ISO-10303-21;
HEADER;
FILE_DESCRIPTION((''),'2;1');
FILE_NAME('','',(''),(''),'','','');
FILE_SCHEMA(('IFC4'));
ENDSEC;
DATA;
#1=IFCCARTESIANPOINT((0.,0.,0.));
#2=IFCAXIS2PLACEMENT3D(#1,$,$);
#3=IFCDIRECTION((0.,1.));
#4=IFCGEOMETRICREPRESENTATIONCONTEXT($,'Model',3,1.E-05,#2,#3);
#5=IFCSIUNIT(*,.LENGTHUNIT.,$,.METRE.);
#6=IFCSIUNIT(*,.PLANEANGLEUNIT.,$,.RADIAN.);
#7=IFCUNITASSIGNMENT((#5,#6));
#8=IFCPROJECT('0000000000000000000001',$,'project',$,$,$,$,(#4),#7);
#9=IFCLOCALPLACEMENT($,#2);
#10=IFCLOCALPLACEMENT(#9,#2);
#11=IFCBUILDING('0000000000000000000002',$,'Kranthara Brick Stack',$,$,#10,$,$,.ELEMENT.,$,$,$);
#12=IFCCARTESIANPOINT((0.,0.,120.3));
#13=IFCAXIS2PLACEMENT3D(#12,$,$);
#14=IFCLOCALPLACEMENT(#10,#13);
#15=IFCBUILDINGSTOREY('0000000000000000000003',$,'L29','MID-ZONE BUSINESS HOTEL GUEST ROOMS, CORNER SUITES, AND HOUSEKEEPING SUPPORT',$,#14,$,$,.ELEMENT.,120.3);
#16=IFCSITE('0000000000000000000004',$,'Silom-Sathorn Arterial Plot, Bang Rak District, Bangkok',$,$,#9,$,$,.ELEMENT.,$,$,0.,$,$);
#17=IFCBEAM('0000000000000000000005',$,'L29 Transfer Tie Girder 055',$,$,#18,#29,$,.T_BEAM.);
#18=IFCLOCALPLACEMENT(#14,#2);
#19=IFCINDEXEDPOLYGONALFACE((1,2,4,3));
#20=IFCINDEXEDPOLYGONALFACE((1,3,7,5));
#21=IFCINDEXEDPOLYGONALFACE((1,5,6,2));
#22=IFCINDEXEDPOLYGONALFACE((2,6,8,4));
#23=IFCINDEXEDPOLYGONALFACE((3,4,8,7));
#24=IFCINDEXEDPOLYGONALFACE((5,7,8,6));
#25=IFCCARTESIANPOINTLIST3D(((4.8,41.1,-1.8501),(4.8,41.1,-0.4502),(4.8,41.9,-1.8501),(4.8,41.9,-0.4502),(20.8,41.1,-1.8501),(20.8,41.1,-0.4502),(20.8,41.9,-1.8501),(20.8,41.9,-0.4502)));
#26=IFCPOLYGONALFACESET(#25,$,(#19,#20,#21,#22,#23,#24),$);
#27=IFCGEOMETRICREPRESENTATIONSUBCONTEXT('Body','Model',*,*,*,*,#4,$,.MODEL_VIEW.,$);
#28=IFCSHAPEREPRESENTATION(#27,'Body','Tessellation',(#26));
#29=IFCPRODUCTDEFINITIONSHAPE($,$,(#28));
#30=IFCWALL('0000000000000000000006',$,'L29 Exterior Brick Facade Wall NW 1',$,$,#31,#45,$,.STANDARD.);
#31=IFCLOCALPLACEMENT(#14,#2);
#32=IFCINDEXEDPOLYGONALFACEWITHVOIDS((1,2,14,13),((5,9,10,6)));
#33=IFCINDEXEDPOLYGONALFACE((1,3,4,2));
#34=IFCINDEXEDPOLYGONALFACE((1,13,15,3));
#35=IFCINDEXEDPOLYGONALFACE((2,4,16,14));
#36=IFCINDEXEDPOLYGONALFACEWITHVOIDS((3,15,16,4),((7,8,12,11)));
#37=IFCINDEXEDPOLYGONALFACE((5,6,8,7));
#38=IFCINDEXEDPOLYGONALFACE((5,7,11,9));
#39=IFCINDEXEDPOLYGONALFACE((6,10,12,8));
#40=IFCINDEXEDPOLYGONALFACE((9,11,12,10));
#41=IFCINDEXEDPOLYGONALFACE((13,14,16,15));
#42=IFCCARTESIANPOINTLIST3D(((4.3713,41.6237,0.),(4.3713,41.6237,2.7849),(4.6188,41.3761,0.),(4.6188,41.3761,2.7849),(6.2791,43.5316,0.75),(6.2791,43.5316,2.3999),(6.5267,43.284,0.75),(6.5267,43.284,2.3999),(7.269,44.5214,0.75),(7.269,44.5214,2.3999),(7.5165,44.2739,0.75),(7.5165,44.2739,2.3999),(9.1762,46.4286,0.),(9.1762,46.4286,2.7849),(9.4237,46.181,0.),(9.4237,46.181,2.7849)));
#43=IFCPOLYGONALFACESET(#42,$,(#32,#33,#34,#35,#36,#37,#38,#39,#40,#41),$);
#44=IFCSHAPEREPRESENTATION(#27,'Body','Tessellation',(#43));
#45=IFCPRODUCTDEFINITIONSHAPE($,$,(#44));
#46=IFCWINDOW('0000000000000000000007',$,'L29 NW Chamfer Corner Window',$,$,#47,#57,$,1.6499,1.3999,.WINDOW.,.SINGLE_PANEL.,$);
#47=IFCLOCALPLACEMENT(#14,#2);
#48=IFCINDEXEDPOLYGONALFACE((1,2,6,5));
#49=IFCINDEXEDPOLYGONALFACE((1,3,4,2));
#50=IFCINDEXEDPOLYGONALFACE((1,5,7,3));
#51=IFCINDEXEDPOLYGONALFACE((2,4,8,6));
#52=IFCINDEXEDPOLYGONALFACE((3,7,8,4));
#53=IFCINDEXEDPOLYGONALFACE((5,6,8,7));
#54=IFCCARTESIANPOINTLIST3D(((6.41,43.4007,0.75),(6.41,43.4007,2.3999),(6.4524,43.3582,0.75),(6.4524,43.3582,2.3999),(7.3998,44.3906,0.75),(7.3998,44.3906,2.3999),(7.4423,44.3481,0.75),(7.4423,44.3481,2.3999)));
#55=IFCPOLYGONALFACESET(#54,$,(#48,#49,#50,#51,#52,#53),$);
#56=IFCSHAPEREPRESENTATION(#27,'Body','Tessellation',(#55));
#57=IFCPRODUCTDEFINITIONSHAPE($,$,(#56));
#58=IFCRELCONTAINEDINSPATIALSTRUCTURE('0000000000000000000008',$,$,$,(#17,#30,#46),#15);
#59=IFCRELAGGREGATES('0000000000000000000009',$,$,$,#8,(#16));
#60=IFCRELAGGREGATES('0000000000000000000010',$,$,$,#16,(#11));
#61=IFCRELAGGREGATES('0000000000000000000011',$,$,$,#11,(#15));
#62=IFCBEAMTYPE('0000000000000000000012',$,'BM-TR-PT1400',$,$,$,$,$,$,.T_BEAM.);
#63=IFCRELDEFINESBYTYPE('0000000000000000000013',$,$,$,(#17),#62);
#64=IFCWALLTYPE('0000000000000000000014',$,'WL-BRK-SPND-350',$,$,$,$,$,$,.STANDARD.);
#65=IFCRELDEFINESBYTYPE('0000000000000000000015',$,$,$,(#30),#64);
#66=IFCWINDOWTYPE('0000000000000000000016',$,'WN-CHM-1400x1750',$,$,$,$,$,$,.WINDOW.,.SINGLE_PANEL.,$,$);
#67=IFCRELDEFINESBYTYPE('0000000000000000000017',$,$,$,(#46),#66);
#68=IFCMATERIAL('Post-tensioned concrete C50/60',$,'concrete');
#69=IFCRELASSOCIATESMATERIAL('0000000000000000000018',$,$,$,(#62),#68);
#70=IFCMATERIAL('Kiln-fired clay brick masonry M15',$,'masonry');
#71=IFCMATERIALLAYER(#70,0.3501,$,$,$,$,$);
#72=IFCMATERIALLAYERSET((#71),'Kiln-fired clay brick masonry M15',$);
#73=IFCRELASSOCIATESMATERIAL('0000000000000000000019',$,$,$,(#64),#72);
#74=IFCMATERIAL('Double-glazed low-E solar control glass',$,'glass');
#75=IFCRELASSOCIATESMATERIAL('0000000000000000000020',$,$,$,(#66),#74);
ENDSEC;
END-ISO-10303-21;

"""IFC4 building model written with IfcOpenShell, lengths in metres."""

from ifc_helpers import new_model, si_unit, direction, frame, frame_2d, origin, origin_2d, place, context, subcontext, project, spatial, rectangle, extrude, material, layer, layer_set, material_profile, profile_set, type_object, element, fill, save


model = new_model("IFC4")

# Units and contexts
model_context = context("Model", 3, precision=1e-05, world=origin(), true_north=direction((0.0, 1.0)))
body_context = subcontext(model_context, "Body", "Model", "MODEL_VIEW")
ifc_project = project(units=[si_unit("LENGTHUNIT", "METRE"), si_unit("PLANEANGLEUNIT", "RADIAN")], contexts=[model_context])

# Site, building, storey
site_placement = place(None, origin())
site = spatial("IfcSite", under=ifc_project, at=site_placement, Name="Silom-Sathorn Arterial Plot, Bang Rak District, Bangkok", CompositionType="ELEMENT", RefElevation=0.0)
building_placement = place(site_placement, origin())
building = spatial("IfcBuilding", under=site, at=building_placement, Name="Kranthara Brick Stack", CompositionType="ELEMENT")
storey_placement = place(building_placement, frame((0.0, 0.0, 120.3)))
storey = spatial("IfcBuildingStorey", under=building, at=storey_placement, Name="L29", Description="MID-ZONE BUSINESS HOTEL GUEST ROOMS, CORNER SUITES, AND HOUSEKEEPING SUPPORT", CompositionType="ELEMENT", Elevation=120.3)

# Beam
ifc_material_1 = material(Name="Post-tensioned concrete C50/60", Category="concrete")
ifc_material_profile_1 = material_profile(ifc_material_1, rectangle(XDim=0.8, YDim=1.3999, at=origin_2d()), Name="PT 800x1400")
ifc_profile_set_1 = profile_set([ifc_material_profile_1], Name="Post-tensioned concrete C50/60")
beam_type_1 = type_object("IfcBeamType", Name="BM-TR-PT1400", PredefinedType="T_BEAM", material=ifc_profile_set_1)
beam_1_placement = place(storey_placement, frame((4.8, 41.5, -1.1501), z_axis=(1.0, 0.0, 0.0), x_axis=(0.0, 1.0, 0.0)))
element("IfcBeam", 1, at=beam_1_placement, inside=storey, type_object=beam_type_1, Name="L29 Transfer Tie Girder 055", PredefinedType="T_BEAM", context=body_context, shape_type="SweptSolid", body=[
    extrude(rectangle(XDim=0.8, YDim=1.3999, at=origin_2d()), origin(), (0.0, 0.0, 1.0), 16.0),
])

# Wall, opening, window
ifc_material_2 = material(Name="Kiln-fired clay brick masonry M15", Category="masonry")
ifc_layer_1 = layer(ifc_material_2, 0.3501)
ifc_layer_set_1 = layer_set([ifc_layer_1], Name="Kiln-fired clay brick masonry M15")
wall_type_1 = type_object("IfcWallType", Name="WL-BRK-SPND-350", PredefinedType="STANDARD", material=ifc_layer_set_1)
wall_1_placement = place(storey_placement, frame((4.4951, 41.5, 0.0), z_axis=(0.0, 0.0, 1.0), x_axis=(0.707107, 0.707107, 0.0)))
wall_1 = element("IfcWall", 2, at=wall_1_placement, inside=storey, type_object=wall_type_1, Name="L29 Exterior Brick Facade Wall NW 1", PredefinedType="STANDARD", context=body_context, shape_type="SweptSolid", body=[
    extrude(rectangle(XDim=6.7952, YDim=0.3501, at=frame_2d((3.3975, 0.0))), origin(), (0.0, 0.0, 1.0), 2.7849),
])
opening_1_placement = place(wall_1_placement, frame((2.698, 0.0, 0.75)))
opening_1 = element("IfcOpeningElement", 3, at=opening_1_placement, cuts=wall_1, PredefinedType="OPENING", context=body_context, shape_type="SweptSolid", body=[
    extrude(rectangle(XDim=1.3999, YDim=1.6499, at=frame_2d((0.7, 0.825))), frame((0.0, 0.1851, 0.0), z_axis=(0.0, -1.0, 0.0), x_axis=(1.0, 0.0, 0.0)), (0.0, 0.0, 1.0), 0.3701),
])
ifc_material_3 = material(Name="Double-glazed low-E solar control glass", Category="glass")
window_type_1 = type_object("IfcWindowType", Name="WN-CHM-1400x1750", PartitioningType="SINGLE_PANEL", PredefinedType="WINDOW", material=ifc_material_3)
window_1_placement = place(opening_1_placement, origin())
window_1 = element("IfcWindow", 4, at=window_1_placement, inside=storey, type_object=window_type_1, Name="L29 NW Chamfer Corner Window", OverallHeight=1.6499, OverallWidth=1.3999, PartitioningType="SINGLE_PANEL", PredefinedType="WINDOW", context=body_context, shape_type="SweptSolid", body=[
    extrude(rectangle(XDim=1.3999, YDim=1.6499, at=frame_2d((0.7, 0.825))), frame((0.0, -0.01, 0.0), z_axis=(0.0, -1.0, 0.0), x_axis=(1.0, 0.0, 0.0)), (0.0, 0.0, 1.0), 0.0601),
])
fill(opening_1, window_1)

save(model, "model.ifc")
